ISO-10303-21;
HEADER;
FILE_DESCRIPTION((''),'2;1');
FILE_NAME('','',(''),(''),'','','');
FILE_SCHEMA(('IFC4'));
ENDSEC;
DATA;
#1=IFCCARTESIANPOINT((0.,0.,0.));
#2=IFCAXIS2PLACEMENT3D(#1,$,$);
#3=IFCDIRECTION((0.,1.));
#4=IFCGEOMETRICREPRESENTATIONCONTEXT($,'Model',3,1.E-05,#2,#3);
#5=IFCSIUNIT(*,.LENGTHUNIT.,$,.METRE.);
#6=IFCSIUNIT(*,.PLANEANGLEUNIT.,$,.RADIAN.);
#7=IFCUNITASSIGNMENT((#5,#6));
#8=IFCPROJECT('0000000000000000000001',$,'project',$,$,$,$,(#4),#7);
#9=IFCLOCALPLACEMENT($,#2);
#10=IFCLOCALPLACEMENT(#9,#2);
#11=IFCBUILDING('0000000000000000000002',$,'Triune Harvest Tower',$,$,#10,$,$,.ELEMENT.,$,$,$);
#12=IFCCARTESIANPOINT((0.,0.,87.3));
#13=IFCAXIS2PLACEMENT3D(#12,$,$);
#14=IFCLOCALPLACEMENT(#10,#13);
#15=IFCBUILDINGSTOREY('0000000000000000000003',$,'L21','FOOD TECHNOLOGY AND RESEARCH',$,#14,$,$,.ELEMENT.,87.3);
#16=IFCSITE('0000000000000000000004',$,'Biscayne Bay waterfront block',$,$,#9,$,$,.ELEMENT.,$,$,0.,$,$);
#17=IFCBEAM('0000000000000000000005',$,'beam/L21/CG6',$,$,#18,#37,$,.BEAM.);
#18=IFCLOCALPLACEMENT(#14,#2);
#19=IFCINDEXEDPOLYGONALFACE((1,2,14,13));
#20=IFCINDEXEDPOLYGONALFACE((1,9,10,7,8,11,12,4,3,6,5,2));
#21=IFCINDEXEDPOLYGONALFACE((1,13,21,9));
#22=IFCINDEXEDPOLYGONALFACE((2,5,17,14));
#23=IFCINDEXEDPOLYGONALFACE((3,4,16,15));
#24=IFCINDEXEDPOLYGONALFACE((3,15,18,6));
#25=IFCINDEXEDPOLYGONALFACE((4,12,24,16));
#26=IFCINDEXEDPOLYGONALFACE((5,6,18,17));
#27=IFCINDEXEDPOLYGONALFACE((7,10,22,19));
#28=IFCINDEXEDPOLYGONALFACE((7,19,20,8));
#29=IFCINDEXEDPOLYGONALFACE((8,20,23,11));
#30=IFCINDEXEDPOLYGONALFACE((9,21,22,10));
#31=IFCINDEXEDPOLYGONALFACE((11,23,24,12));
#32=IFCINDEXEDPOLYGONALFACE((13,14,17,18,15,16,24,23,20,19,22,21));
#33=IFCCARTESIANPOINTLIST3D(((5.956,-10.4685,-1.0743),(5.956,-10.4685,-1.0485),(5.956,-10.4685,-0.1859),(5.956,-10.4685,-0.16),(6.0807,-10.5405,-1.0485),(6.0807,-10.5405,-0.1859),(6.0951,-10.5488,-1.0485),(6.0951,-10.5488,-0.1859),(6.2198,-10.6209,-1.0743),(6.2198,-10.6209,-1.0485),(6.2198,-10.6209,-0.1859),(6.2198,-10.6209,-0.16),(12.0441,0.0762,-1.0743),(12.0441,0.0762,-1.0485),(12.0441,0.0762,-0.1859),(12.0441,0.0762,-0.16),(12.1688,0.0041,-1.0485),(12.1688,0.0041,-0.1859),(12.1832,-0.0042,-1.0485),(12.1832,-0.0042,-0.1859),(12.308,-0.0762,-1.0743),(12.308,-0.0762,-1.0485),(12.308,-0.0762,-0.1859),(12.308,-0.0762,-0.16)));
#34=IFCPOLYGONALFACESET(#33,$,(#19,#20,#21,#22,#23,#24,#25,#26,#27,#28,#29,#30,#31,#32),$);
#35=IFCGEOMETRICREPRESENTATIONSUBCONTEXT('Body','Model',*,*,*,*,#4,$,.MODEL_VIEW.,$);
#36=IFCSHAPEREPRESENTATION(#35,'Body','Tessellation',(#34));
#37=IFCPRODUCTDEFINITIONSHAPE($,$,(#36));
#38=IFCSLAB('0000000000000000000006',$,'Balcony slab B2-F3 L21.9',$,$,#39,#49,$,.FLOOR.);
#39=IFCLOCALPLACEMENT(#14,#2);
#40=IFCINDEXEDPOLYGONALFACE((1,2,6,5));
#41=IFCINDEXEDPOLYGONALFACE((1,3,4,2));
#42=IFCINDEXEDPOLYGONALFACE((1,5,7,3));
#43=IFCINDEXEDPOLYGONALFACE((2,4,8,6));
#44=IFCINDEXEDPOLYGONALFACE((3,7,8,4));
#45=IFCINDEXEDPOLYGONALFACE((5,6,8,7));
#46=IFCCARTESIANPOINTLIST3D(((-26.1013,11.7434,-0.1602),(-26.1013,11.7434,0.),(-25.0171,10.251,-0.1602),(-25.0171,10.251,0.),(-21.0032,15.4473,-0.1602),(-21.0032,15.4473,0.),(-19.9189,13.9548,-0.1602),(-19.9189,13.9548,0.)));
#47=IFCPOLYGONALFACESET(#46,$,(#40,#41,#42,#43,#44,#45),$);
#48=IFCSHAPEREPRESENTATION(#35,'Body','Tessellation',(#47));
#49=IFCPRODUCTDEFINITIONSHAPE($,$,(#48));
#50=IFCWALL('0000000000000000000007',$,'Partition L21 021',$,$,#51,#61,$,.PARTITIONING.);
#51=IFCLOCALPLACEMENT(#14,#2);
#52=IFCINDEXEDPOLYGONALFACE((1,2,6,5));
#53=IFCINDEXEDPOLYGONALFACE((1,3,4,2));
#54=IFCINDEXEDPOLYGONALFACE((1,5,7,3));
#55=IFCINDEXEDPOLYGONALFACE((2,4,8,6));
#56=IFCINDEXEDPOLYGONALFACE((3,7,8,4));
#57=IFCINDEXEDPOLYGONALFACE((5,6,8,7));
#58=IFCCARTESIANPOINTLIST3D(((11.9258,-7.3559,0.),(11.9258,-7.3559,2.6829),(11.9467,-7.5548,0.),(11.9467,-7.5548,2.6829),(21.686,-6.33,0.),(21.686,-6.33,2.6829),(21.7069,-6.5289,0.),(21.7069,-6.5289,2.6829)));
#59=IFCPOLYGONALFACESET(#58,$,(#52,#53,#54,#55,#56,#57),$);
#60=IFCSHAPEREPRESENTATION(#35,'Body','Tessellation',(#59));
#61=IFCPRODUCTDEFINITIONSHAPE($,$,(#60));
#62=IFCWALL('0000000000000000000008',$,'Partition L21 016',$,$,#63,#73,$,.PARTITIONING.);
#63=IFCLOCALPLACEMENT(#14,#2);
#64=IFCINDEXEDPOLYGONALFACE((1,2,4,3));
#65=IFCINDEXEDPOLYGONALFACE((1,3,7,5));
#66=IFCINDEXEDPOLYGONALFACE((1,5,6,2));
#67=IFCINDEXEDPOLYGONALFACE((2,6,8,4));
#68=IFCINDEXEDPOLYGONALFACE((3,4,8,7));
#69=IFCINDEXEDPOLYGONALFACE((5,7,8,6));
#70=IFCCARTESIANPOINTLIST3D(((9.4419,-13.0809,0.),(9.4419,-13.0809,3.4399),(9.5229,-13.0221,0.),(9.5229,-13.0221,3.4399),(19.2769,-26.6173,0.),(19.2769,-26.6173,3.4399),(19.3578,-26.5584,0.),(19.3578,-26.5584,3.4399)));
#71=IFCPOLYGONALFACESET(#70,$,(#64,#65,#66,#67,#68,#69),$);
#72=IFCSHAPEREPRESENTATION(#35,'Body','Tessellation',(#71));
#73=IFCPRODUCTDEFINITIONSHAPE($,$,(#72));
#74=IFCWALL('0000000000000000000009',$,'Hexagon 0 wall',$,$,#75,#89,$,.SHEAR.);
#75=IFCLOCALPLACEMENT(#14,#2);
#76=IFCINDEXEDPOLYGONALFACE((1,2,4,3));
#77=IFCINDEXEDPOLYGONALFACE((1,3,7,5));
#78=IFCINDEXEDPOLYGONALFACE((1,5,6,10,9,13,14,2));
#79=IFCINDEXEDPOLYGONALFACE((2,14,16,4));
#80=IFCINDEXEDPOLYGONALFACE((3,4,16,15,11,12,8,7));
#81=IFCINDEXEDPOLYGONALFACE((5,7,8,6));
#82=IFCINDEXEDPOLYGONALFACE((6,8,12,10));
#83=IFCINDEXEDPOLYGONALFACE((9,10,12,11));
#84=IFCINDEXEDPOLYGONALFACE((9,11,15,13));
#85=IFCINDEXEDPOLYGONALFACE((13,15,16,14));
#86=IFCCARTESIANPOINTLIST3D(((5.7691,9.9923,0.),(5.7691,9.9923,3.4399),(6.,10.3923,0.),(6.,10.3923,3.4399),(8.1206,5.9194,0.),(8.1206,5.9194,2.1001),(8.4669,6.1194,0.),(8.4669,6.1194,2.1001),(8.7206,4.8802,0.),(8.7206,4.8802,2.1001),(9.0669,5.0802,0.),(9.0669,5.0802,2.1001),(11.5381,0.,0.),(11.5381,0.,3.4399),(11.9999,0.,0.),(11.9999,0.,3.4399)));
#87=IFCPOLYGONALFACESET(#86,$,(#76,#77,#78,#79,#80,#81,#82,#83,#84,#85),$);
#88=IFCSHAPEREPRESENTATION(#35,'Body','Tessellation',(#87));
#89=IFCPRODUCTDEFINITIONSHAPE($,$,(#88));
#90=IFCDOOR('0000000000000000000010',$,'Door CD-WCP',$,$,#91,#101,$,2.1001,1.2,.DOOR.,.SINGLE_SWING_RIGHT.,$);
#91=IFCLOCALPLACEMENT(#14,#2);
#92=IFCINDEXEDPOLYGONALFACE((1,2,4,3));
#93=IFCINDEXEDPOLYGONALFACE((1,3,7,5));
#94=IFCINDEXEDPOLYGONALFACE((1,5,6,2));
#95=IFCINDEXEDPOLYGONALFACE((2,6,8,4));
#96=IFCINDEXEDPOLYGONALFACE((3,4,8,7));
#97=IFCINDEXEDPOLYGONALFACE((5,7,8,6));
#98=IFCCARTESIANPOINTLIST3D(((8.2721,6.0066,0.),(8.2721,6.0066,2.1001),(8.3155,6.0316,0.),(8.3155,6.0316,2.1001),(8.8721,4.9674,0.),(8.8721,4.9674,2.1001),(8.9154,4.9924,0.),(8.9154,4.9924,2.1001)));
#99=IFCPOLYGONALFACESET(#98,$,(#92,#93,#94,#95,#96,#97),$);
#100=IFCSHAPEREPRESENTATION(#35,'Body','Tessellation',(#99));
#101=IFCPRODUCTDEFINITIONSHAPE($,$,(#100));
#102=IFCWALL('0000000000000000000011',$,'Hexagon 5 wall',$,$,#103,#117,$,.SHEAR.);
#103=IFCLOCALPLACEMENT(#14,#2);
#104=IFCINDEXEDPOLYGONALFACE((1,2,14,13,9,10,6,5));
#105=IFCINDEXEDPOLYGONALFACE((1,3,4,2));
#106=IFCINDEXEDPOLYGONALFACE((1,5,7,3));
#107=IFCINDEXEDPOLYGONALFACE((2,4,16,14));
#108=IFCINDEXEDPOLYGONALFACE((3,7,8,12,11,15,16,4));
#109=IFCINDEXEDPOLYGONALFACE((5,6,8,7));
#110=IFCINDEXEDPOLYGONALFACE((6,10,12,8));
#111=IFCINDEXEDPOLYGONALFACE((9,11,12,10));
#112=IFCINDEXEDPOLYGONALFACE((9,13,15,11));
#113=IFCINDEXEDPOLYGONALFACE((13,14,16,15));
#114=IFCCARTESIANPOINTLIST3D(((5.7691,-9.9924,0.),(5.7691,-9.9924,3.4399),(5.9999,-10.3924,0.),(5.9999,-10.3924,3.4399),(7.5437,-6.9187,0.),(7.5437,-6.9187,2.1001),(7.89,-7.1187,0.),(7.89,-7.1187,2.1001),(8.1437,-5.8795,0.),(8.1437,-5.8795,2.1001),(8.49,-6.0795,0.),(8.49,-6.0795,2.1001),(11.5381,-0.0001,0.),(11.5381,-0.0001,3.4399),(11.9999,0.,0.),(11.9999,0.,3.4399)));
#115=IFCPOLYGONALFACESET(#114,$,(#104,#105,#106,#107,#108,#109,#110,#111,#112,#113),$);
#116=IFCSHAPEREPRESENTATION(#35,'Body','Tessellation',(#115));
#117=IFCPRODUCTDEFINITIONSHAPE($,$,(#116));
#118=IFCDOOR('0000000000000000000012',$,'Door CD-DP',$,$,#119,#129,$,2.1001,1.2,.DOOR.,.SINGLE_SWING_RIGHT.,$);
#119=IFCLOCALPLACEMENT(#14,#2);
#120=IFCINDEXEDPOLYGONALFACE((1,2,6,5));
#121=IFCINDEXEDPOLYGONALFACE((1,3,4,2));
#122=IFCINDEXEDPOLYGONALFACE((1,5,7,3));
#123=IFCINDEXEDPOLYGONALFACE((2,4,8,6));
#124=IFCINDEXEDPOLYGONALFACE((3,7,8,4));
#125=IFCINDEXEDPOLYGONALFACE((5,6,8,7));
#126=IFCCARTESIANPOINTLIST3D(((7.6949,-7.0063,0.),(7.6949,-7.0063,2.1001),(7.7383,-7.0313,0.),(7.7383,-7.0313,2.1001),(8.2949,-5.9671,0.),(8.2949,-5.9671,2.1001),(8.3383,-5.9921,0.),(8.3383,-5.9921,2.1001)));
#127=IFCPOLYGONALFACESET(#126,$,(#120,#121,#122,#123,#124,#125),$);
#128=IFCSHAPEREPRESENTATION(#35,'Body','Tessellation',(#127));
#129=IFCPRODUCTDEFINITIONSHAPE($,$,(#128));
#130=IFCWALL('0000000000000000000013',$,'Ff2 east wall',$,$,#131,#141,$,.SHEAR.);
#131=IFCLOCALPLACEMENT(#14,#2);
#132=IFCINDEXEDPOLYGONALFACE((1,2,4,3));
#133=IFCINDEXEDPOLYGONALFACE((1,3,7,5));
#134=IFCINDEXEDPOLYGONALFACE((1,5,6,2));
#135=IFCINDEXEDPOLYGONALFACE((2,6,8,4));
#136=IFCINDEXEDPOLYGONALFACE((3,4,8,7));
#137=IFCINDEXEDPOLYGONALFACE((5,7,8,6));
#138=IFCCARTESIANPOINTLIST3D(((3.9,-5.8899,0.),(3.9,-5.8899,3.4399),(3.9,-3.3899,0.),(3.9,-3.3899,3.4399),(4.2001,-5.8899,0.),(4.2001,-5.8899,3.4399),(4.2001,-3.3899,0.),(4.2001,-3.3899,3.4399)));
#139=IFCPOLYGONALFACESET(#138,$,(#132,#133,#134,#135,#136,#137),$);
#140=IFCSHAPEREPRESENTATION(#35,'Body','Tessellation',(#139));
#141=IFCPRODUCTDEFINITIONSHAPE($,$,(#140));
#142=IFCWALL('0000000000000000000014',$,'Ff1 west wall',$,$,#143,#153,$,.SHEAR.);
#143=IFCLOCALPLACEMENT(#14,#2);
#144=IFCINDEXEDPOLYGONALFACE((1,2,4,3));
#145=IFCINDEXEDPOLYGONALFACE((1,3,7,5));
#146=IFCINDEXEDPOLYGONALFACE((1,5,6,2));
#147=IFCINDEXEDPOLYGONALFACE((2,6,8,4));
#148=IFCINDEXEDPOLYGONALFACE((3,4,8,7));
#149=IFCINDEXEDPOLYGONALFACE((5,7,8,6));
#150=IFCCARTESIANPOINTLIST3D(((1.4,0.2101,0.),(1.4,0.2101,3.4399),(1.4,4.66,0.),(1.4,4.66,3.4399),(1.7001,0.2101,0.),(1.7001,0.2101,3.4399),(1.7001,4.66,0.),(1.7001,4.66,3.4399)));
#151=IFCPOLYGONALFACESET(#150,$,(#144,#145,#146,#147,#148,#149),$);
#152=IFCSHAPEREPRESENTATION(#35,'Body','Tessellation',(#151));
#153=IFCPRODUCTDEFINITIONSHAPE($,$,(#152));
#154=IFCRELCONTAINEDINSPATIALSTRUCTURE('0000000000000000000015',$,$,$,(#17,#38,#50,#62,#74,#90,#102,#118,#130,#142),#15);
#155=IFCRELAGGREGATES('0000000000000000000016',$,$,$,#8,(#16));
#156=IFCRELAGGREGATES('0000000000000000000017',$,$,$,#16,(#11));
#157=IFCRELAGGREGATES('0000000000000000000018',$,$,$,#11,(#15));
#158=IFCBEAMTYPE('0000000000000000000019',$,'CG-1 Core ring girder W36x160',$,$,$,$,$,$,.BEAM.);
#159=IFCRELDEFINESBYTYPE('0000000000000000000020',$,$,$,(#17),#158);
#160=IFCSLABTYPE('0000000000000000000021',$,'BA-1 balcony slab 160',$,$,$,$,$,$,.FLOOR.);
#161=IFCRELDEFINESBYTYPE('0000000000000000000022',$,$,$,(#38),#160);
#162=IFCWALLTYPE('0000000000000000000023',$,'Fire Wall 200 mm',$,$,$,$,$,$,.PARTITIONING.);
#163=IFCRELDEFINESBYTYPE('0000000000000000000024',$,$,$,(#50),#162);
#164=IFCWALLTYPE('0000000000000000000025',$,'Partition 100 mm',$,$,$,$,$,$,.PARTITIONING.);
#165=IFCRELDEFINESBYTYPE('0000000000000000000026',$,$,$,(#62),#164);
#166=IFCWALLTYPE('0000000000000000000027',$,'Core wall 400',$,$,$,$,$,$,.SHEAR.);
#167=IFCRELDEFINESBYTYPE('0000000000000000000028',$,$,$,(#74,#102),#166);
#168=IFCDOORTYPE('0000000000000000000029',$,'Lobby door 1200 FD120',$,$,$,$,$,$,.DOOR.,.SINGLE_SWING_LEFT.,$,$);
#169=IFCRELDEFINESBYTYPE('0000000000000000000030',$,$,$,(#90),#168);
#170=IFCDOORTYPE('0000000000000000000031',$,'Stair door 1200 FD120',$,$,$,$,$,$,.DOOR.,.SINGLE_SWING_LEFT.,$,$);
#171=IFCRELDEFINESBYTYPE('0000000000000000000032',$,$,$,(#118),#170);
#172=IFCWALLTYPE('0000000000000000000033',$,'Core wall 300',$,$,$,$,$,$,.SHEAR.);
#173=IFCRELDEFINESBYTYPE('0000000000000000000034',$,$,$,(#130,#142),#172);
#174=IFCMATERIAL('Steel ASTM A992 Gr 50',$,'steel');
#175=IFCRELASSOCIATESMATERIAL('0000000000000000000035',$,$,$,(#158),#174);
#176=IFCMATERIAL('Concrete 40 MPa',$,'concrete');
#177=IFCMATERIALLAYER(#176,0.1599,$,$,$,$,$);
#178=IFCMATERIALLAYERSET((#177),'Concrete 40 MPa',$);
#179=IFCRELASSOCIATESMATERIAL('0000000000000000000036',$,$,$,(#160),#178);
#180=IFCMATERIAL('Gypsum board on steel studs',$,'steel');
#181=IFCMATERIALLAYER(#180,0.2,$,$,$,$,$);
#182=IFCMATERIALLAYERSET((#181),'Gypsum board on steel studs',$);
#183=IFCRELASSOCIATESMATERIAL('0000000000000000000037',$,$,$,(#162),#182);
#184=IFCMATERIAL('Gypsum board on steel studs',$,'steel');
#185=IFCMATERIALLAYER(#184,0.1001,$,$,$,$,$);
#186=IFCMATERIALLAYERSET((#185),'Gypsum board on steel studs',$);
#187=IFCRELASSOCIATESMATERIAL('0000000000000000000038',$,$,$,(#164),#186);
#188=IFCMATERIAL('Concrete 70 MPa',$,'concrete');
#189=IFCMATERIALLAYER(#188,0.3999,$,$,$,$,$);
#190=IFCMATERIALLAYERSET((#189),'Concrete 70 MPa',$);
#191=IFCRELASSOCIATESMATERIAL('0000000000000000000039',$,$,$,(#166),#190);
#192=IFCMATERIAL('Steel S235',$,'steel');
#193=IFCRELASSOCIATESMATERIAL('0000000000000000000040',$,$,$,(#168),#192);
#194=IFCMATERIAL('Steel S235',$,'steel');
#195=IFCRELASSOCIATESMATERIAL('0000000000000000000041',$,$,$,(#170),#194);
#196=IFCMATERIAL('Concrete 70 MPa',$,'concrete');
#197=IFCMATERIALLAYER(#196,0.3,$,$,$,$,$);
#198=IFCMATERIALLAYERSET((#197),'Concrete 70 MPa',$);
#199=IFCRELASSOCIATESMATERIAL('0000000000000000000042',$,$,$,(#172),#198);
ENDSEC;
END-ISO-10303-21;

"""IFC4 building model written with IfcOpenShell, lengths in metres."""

from ifc_helpers import new_model, si_unit, direction, frame, frame_2d, origin, origin_2d, place, context, subcontext, project, spatial, polyline, rectangle, i_section, outline, extrude, source, transform, mapped, material, layer, layer_set, material_profile, profile_set, type_object, element, fill, save


model = new_model("IFC4")

# Units and contexts
model_context = context("Model", 3, precision=1e-05, world=origin(), true_north=direction((0.0, 1.0)))
body_context = subcontext(model_context, "Body", "Model", "MODEL_VIEW")
ifc_project = project(units=[si_unit("LENGTHUNIT", "METRE"), si_unit("PLANEANGLEUNIT", "RADIAN")], contexts=[model_context])

# Site, building, storey
site_placement = place(None, origin())
site = spatial("IfcSite", under=ifc_project, at=site_placement, Name="Biscayne Bay waterfront block", CompositionType="ELEMENT", RefElevation=0.0)
building_placement = place(site_placement, origin())
building = spatial("IfcBuilding", under=site, at=building_placement, Name="Triune Harvest Tower", CompositionType="ELEMENT")
storey_placement = place(building_placement, frame((0.0, 0.0, 87.3)))
storey = spatial("IfcBuildingStorey", under=building, at=storey_placement, Name="L21", Description="FOOD TECHNOLOGY AND RESEARCH", CompositionType="ELEMENT", Elevation=87.3)

# Beam
ifc_material_1 = material(Name="Steel ASTM A992 Gr 50", Category="steel")
ifc_material_profile = material_profile(ifc_material_1, i_section(OverallWidth=0.3047, OverallDepth=0.9143, WebThickness=0.0166, FlangeThickness=0.0259, at=origin_2d()), Name="W36x160")
ifc_profile_set = profile_set([ifc_material_profile], Name="Steel ASTM A992 Gr 50")
beam_type = type_object("IfcBeamType", Name="CG-1 Core ring girder W36x160", PredefinedType="BEAM", material=ifc_profile_set)
shared_shape_1 = source(origin(), body_context, "Body", "SweptSolid", [
    extrude(i_section(OverallWidth=0.3047, OverallDepth=0.9143, WebThickness=0.0166, FlangeThickness=0.0259, at=origin_2d()), origin(), (0.0, 0.0, 1.0), 12.176),
])
beam_placement = place(storey_placement, frame((6.0879, -10.5447, -0.6172), z_axis=(0.50001, 0.86602, 0.0), x_axis=(-0.86602, 0.50001, 0.0)))
element("IfcBeam", 1, at=beam_placement, inside=storey, type_object=beam_type, Name="beam/L21/CG6", PredefinedType="BEAM", context=body_context, shape_type="MappedRepresentation", body=[
    mapped(shared_shape_1, transform((0.0, 0.0, 0.0), scale=1.0)),
])

# Slab
ifc_material_2 = material(Name="Concrete 40 MPa", Category="concrete")
ifc_layer_1 = layer(ifc_material_2, 0.1599)
ifc_layer_set_1 = layer_set([ifc_layer_1], Name="Concrete 40 MPa")
slab_type = type_object("IfcSlabType", Name="BA-1 balcony slab 160", PredefinedType="FLOOR", material=ifc_layer_set_1)
slab_placement = place(storey_placement, frame((0.0, 0.0, -0.1602)))
element("IfcSlab", 2, at=slab_placement, inside=storey, type_object=slab_type, Name="Balcony slab B2-F3 L21.9", PredefinedType="FLOOR", context=body_context, shape_type="SweptSolid", body=[
    extrude(outline(polyline([(-19.9189, 13.9548), (-25.0171, 10.251), (-26.1013, 11.7434), (-21.0032, 15.4473), (-19.9189, 13.9548)])), origin(), (0.0, 0.0, 1.0), 0.1602),
])

# Walls
ifc_material_3 = material(Name="Gypsum board on steel studs", Category="steel")
ifc_layer_2 = layer(ifc_material_3, 0.2)
ifc_layer_set_2 = layer_set([ifc_layer_2], Name="Gypsum board on steel studs")
wall_type_1 = type_object("IfcWallType", Name="Fire Wall 200 mm", PredefinedType="PARTITIONING", material=ifc_layer_set_2)
wall_1_placement = place(storey_placement, frame((11.9363, -7.4553, 0.0), z_axis=(0.0, 0.0, 1.0), x_axis=(0.994522, 0.104532, 0.0)))
element("IfcWall", 3, at=wall_1_placement, inside=storey, type_object=wall_type_1, Name="Partition L21 021", PredefinedType="PARTITIONING", context=body_context, shape_type="SweptSolid", body=[
    extrude(rectangle(XDim=9.814, YDim=0.2, at=frame_2d((4.907, 0.0))), origin(), (0.0, 0.0, 1.0), 2.6829),
])
ifc_material_4 = material(Name="Gypsum board on steel studs", Category="steel")
ifc_layer_3 = layer(ifc_material_4, 0.1001)
ifc_layer_set_3 = layer_set([ifc_layer_3], Name="Gypsum board on steel studs")
wall_type_2 = type_object("IfcWallType", Name="Partition 100 mm", PredefinedType="PARTITIONING", material=ifc_layer_set_3)
wall_2_placement = place(storey_placement, frame((9.4824, -13.0515, 0.0), z_axis=(0.0, 0.0, 1.0), x_axis=(0.587793, -0.809011, 0.0)))
element("IfcWall", 4, at=wall_2_placement, inside=storey, type_object=wall_type_2, Name="Partition L21 016", PredefinedType="PARTITIONING", context=body_context, shape_type="SweptSolid", body=[
    extrude(rectangle(XDim=16.7319, YDim=0.1001, at=frame_2d((8.366, 0.0))), origin(), (0.0, 0.0, 1.0), 3.4399),
])

# Walls, openings, doors
ifc_material_5 = material(Name="Concrete 70 MPa", Category="concrete")
ifc_layer_4 = layer(ifc_material_5, 0.3999)
ifc_layer_set_4 = layer_set([ifc_layer_4], Name="Concrete 70 MPa")
wall_type_3 = type_object("IfcWallType", Name="Core wall 400", PredefinedType="SHEAR", material=ifc_layer_set_4)
shared_shape_2 = source(origin(), body_context, "Body", "SweptSolid", [
    extrude(outline(polyline([(-0.1155, -0.2), (11.8845, -0.2), (11.6536, 0.2), (0.1155, 0.2), (-0.1155, -0.2)])), origin(), (0.0, 0.0, 1.0), 3.4399),
])
wall_3_placement = place(storey_placement, frame((11.769, 0.0, 0.0), z_axis=(0.0, 0.0, 1.0), x_axis=(-0.499997, 0.866027, 0.0)))
wall_3 = element("IfcWall", 5, at=wall_3_placement, inside=storey, type_object=wall_type_3, Name="Hexagon 0 wall", PredefinedType="SHEAR", context=body_context, shape_type="MappedRepresentation", body=[
    mapped(shared_shape_2, transform((0.0, 0.0, 0.0), scale=1.0)),
])
opening_1_placement = place(wall_3_placement, frame((5.7505, 0.0, 0.0)))
opening_1 = element("IfcOpeningElement", 6, at=opening_1_placement, cuts=wall_3, PredefinedType="OPENING", context=body_context, shape_type="SweptSolid", body=[
    extrude(rectangle(XDim=1.2, YDim=2.1001, at=frame_2d((0.6001, 1.05))), frame((0.0, 0.21, 0.0), z_axis=(0.0, -1.0, 0.0), x_axis=(1.0, 0.0, 0.0)), (0.0, 0.0, 1.0), 0.4199),
])
ifc_material_6 = material(Name="Steel S235", Category="steel")
door_type_1 = type_object("IfcDoorType", Name="Lobby door 1200 FD120", OperationType="SINGLE_SWING_LEFT", PredefinedType="DOOR", material=ifc_material_6)
door_1_placement = place(opening_1_placement, frame((1.2, 0.0, 0.0), z_axis=(0.0, 0.0, 1.0), x_axis=(-1.0, 0.0, 0.0)))
door_1 = element("IfcDoor", 7, at=door_1_placement, inside=storey, type_object=door_type_1, Name="Door CD-WCP", OperationType="SINGLE_SWING_RIGHT", OverallHeight=2.1001, OverallWidth=1.2, PredefinedType="DOOR", context=body_context, shape_type="SweptSolid", body=[
    extrude(rectangle(XDim=1.2, YDim=2.1001, at=frame_2d((0.6001, 1.05))), frame((0.0, 0.0249, 0.0), z_axis=(0.0, -1.0, 0.0), x_axis=(1.0, 0.0, 0.0)), (0.0, 0.0, 1.0), 0.05),
])
fill(opening_1, door_1)
wall_4_placement = place(storey_placement, frame((5.8845, -10.1924, 0.0), z_axis=(0.0, 0.0, 1.0), x_axis=(0.499997, 0.866027, 0.0)))
wall_4 = element("IfcWall", 8, at=wall_4_placement, inside=storey, type_object=wall_type_3, Name="Hexagon 5 wall", PredefinedType="SHEAR", context=body_context, shape_type="MappedRepresentation", body=[
    mapped(shared_shape_2, transform((0.0, 0.0, 0.0), scale=1.0)),
])
opening_2_placement = place(wall_4_placement, frame((3.6646, 0.0, 0.0)))
opening_2 = element("IfcOpeningElement", 9, at=opening_2_placement, cuts=wall_4, PredefinedType="OPENING", context=body_context, shape_type="SweptSolid", body=[
    extrude(rectangle(XDim=1.2, YDim=2.1001, at=frame_2d((0.6001, 1.05))), frame((0.0, 0.21, 0.0), z_axis=(0.0, -1.0, 0.0), x_axis=(1.0, 0.0, 0.0)), (0.0, 0.0, 1.0), 0.4199),
])
ifc_material_7 = material(Name="Steel S235", Category="steel")
door_type_2 = type_object("IfcDoorType", Name="Stair door 1200 FD120", OperationType="SINGLE_SWING_LEFT", PredefinedType="DOOR", material=ifc_material_7)
door_2_placement = place(opening_2_placement, frame((1.2, 0.0, 0.0), z_axis=(0.0, 0.0, 1.0), x_axis=(-1.0, 0.0, 0.0)))
door_2 = element("IfcDoor", 10, at=door_2_placement, inside=storey, type_object=door_type_2, Name="Door CD-DP", OperationType="SINGLE_SWING_RIGHT", OverallHeight=2.1001, OverallWidth=1.2, PredefinedType="DOOR", context=body_context, shape_type="SweptSolid", body=[
    extrude(rectangle(XDim=1.2, YDim=2.1001, at=frame_2d((0.6001, 1.05))), frame((0.0, 0.0249, 0.0), z_axis=(0.0, -1.0, 0.0), x_axis=(1.0, 0.0, 0.0)), (0.0, 0.0, 1.0), 0.05),
])
fill(opening_2, door_2)

# Walls
ifc_material_8 = material(Name="Concrete 70 MPa", Category="concrete")
ifc_layer_5 = layer(ifc_material_8, 0.3)
ifc_layer_set_5 = layer_set([ifc_layer_5], Name="Concrete 70 MPa")
wall_type_4 = type_object("IfcWallType", Name="Core wall 300", PredefinedType="SHEAR", material=ifc_layer_set_5)
shared_shape_3 = source(origin(), body_context, "Body", "SweptSolid", [
    extrude(rectangle(XDim=2.5, YDim=0.3, at=frame_2d((1.25, 0.0))), origin(), (0.0, 0.0, 1.0), 3.4399),
])
wall_5_placement = place(storey_placement, frame((4.05, -5.8899, 0.0), z_axis=(0.0, 0.0, 1.0), x_axis=(0.0, 1.0, 0.0)))
element("IfcWall", 11, at=wall_5_placement, inside=storey, type_object=wall_type_4, Name="Ff2 east wall", PredefinedType="SHEAR", context=body_context, shape_type="MappedRepresentation", body=[
    mapped(shared_shape_3, transform((0.0, 0.0, 0.0), scale=1.0)),
])
shared_shape_4 = source(origin(), body_context, "Body", "SweptSolid", [
    extrude(rectangle(XDim=4.45, YDim=0.3, at=frame_2d((2.2251, 0.0))), origin(), (0.0, 0.0, 1.0), 3.4399),
])
wall_6_placement = place(storey_placement, frame((1.55, 0.21, 0.0), z_axis=(0.0, 0.0, 1.0), x_axis=(0.0, 1.0, 0.0)))
element("IfcWall", 12, at=wall_6_placement, inside=storey, type_object=wall_type_4, Name="Ff1 west wall", PredefinedType="SHEAR", context=body_context, shape_type="MappedRepresentation", body=[
    mapped(shared_shape_4, transform((0.0, 0.0, 0.0), scale=1.0)),
])

save(model, "model.ifc")
